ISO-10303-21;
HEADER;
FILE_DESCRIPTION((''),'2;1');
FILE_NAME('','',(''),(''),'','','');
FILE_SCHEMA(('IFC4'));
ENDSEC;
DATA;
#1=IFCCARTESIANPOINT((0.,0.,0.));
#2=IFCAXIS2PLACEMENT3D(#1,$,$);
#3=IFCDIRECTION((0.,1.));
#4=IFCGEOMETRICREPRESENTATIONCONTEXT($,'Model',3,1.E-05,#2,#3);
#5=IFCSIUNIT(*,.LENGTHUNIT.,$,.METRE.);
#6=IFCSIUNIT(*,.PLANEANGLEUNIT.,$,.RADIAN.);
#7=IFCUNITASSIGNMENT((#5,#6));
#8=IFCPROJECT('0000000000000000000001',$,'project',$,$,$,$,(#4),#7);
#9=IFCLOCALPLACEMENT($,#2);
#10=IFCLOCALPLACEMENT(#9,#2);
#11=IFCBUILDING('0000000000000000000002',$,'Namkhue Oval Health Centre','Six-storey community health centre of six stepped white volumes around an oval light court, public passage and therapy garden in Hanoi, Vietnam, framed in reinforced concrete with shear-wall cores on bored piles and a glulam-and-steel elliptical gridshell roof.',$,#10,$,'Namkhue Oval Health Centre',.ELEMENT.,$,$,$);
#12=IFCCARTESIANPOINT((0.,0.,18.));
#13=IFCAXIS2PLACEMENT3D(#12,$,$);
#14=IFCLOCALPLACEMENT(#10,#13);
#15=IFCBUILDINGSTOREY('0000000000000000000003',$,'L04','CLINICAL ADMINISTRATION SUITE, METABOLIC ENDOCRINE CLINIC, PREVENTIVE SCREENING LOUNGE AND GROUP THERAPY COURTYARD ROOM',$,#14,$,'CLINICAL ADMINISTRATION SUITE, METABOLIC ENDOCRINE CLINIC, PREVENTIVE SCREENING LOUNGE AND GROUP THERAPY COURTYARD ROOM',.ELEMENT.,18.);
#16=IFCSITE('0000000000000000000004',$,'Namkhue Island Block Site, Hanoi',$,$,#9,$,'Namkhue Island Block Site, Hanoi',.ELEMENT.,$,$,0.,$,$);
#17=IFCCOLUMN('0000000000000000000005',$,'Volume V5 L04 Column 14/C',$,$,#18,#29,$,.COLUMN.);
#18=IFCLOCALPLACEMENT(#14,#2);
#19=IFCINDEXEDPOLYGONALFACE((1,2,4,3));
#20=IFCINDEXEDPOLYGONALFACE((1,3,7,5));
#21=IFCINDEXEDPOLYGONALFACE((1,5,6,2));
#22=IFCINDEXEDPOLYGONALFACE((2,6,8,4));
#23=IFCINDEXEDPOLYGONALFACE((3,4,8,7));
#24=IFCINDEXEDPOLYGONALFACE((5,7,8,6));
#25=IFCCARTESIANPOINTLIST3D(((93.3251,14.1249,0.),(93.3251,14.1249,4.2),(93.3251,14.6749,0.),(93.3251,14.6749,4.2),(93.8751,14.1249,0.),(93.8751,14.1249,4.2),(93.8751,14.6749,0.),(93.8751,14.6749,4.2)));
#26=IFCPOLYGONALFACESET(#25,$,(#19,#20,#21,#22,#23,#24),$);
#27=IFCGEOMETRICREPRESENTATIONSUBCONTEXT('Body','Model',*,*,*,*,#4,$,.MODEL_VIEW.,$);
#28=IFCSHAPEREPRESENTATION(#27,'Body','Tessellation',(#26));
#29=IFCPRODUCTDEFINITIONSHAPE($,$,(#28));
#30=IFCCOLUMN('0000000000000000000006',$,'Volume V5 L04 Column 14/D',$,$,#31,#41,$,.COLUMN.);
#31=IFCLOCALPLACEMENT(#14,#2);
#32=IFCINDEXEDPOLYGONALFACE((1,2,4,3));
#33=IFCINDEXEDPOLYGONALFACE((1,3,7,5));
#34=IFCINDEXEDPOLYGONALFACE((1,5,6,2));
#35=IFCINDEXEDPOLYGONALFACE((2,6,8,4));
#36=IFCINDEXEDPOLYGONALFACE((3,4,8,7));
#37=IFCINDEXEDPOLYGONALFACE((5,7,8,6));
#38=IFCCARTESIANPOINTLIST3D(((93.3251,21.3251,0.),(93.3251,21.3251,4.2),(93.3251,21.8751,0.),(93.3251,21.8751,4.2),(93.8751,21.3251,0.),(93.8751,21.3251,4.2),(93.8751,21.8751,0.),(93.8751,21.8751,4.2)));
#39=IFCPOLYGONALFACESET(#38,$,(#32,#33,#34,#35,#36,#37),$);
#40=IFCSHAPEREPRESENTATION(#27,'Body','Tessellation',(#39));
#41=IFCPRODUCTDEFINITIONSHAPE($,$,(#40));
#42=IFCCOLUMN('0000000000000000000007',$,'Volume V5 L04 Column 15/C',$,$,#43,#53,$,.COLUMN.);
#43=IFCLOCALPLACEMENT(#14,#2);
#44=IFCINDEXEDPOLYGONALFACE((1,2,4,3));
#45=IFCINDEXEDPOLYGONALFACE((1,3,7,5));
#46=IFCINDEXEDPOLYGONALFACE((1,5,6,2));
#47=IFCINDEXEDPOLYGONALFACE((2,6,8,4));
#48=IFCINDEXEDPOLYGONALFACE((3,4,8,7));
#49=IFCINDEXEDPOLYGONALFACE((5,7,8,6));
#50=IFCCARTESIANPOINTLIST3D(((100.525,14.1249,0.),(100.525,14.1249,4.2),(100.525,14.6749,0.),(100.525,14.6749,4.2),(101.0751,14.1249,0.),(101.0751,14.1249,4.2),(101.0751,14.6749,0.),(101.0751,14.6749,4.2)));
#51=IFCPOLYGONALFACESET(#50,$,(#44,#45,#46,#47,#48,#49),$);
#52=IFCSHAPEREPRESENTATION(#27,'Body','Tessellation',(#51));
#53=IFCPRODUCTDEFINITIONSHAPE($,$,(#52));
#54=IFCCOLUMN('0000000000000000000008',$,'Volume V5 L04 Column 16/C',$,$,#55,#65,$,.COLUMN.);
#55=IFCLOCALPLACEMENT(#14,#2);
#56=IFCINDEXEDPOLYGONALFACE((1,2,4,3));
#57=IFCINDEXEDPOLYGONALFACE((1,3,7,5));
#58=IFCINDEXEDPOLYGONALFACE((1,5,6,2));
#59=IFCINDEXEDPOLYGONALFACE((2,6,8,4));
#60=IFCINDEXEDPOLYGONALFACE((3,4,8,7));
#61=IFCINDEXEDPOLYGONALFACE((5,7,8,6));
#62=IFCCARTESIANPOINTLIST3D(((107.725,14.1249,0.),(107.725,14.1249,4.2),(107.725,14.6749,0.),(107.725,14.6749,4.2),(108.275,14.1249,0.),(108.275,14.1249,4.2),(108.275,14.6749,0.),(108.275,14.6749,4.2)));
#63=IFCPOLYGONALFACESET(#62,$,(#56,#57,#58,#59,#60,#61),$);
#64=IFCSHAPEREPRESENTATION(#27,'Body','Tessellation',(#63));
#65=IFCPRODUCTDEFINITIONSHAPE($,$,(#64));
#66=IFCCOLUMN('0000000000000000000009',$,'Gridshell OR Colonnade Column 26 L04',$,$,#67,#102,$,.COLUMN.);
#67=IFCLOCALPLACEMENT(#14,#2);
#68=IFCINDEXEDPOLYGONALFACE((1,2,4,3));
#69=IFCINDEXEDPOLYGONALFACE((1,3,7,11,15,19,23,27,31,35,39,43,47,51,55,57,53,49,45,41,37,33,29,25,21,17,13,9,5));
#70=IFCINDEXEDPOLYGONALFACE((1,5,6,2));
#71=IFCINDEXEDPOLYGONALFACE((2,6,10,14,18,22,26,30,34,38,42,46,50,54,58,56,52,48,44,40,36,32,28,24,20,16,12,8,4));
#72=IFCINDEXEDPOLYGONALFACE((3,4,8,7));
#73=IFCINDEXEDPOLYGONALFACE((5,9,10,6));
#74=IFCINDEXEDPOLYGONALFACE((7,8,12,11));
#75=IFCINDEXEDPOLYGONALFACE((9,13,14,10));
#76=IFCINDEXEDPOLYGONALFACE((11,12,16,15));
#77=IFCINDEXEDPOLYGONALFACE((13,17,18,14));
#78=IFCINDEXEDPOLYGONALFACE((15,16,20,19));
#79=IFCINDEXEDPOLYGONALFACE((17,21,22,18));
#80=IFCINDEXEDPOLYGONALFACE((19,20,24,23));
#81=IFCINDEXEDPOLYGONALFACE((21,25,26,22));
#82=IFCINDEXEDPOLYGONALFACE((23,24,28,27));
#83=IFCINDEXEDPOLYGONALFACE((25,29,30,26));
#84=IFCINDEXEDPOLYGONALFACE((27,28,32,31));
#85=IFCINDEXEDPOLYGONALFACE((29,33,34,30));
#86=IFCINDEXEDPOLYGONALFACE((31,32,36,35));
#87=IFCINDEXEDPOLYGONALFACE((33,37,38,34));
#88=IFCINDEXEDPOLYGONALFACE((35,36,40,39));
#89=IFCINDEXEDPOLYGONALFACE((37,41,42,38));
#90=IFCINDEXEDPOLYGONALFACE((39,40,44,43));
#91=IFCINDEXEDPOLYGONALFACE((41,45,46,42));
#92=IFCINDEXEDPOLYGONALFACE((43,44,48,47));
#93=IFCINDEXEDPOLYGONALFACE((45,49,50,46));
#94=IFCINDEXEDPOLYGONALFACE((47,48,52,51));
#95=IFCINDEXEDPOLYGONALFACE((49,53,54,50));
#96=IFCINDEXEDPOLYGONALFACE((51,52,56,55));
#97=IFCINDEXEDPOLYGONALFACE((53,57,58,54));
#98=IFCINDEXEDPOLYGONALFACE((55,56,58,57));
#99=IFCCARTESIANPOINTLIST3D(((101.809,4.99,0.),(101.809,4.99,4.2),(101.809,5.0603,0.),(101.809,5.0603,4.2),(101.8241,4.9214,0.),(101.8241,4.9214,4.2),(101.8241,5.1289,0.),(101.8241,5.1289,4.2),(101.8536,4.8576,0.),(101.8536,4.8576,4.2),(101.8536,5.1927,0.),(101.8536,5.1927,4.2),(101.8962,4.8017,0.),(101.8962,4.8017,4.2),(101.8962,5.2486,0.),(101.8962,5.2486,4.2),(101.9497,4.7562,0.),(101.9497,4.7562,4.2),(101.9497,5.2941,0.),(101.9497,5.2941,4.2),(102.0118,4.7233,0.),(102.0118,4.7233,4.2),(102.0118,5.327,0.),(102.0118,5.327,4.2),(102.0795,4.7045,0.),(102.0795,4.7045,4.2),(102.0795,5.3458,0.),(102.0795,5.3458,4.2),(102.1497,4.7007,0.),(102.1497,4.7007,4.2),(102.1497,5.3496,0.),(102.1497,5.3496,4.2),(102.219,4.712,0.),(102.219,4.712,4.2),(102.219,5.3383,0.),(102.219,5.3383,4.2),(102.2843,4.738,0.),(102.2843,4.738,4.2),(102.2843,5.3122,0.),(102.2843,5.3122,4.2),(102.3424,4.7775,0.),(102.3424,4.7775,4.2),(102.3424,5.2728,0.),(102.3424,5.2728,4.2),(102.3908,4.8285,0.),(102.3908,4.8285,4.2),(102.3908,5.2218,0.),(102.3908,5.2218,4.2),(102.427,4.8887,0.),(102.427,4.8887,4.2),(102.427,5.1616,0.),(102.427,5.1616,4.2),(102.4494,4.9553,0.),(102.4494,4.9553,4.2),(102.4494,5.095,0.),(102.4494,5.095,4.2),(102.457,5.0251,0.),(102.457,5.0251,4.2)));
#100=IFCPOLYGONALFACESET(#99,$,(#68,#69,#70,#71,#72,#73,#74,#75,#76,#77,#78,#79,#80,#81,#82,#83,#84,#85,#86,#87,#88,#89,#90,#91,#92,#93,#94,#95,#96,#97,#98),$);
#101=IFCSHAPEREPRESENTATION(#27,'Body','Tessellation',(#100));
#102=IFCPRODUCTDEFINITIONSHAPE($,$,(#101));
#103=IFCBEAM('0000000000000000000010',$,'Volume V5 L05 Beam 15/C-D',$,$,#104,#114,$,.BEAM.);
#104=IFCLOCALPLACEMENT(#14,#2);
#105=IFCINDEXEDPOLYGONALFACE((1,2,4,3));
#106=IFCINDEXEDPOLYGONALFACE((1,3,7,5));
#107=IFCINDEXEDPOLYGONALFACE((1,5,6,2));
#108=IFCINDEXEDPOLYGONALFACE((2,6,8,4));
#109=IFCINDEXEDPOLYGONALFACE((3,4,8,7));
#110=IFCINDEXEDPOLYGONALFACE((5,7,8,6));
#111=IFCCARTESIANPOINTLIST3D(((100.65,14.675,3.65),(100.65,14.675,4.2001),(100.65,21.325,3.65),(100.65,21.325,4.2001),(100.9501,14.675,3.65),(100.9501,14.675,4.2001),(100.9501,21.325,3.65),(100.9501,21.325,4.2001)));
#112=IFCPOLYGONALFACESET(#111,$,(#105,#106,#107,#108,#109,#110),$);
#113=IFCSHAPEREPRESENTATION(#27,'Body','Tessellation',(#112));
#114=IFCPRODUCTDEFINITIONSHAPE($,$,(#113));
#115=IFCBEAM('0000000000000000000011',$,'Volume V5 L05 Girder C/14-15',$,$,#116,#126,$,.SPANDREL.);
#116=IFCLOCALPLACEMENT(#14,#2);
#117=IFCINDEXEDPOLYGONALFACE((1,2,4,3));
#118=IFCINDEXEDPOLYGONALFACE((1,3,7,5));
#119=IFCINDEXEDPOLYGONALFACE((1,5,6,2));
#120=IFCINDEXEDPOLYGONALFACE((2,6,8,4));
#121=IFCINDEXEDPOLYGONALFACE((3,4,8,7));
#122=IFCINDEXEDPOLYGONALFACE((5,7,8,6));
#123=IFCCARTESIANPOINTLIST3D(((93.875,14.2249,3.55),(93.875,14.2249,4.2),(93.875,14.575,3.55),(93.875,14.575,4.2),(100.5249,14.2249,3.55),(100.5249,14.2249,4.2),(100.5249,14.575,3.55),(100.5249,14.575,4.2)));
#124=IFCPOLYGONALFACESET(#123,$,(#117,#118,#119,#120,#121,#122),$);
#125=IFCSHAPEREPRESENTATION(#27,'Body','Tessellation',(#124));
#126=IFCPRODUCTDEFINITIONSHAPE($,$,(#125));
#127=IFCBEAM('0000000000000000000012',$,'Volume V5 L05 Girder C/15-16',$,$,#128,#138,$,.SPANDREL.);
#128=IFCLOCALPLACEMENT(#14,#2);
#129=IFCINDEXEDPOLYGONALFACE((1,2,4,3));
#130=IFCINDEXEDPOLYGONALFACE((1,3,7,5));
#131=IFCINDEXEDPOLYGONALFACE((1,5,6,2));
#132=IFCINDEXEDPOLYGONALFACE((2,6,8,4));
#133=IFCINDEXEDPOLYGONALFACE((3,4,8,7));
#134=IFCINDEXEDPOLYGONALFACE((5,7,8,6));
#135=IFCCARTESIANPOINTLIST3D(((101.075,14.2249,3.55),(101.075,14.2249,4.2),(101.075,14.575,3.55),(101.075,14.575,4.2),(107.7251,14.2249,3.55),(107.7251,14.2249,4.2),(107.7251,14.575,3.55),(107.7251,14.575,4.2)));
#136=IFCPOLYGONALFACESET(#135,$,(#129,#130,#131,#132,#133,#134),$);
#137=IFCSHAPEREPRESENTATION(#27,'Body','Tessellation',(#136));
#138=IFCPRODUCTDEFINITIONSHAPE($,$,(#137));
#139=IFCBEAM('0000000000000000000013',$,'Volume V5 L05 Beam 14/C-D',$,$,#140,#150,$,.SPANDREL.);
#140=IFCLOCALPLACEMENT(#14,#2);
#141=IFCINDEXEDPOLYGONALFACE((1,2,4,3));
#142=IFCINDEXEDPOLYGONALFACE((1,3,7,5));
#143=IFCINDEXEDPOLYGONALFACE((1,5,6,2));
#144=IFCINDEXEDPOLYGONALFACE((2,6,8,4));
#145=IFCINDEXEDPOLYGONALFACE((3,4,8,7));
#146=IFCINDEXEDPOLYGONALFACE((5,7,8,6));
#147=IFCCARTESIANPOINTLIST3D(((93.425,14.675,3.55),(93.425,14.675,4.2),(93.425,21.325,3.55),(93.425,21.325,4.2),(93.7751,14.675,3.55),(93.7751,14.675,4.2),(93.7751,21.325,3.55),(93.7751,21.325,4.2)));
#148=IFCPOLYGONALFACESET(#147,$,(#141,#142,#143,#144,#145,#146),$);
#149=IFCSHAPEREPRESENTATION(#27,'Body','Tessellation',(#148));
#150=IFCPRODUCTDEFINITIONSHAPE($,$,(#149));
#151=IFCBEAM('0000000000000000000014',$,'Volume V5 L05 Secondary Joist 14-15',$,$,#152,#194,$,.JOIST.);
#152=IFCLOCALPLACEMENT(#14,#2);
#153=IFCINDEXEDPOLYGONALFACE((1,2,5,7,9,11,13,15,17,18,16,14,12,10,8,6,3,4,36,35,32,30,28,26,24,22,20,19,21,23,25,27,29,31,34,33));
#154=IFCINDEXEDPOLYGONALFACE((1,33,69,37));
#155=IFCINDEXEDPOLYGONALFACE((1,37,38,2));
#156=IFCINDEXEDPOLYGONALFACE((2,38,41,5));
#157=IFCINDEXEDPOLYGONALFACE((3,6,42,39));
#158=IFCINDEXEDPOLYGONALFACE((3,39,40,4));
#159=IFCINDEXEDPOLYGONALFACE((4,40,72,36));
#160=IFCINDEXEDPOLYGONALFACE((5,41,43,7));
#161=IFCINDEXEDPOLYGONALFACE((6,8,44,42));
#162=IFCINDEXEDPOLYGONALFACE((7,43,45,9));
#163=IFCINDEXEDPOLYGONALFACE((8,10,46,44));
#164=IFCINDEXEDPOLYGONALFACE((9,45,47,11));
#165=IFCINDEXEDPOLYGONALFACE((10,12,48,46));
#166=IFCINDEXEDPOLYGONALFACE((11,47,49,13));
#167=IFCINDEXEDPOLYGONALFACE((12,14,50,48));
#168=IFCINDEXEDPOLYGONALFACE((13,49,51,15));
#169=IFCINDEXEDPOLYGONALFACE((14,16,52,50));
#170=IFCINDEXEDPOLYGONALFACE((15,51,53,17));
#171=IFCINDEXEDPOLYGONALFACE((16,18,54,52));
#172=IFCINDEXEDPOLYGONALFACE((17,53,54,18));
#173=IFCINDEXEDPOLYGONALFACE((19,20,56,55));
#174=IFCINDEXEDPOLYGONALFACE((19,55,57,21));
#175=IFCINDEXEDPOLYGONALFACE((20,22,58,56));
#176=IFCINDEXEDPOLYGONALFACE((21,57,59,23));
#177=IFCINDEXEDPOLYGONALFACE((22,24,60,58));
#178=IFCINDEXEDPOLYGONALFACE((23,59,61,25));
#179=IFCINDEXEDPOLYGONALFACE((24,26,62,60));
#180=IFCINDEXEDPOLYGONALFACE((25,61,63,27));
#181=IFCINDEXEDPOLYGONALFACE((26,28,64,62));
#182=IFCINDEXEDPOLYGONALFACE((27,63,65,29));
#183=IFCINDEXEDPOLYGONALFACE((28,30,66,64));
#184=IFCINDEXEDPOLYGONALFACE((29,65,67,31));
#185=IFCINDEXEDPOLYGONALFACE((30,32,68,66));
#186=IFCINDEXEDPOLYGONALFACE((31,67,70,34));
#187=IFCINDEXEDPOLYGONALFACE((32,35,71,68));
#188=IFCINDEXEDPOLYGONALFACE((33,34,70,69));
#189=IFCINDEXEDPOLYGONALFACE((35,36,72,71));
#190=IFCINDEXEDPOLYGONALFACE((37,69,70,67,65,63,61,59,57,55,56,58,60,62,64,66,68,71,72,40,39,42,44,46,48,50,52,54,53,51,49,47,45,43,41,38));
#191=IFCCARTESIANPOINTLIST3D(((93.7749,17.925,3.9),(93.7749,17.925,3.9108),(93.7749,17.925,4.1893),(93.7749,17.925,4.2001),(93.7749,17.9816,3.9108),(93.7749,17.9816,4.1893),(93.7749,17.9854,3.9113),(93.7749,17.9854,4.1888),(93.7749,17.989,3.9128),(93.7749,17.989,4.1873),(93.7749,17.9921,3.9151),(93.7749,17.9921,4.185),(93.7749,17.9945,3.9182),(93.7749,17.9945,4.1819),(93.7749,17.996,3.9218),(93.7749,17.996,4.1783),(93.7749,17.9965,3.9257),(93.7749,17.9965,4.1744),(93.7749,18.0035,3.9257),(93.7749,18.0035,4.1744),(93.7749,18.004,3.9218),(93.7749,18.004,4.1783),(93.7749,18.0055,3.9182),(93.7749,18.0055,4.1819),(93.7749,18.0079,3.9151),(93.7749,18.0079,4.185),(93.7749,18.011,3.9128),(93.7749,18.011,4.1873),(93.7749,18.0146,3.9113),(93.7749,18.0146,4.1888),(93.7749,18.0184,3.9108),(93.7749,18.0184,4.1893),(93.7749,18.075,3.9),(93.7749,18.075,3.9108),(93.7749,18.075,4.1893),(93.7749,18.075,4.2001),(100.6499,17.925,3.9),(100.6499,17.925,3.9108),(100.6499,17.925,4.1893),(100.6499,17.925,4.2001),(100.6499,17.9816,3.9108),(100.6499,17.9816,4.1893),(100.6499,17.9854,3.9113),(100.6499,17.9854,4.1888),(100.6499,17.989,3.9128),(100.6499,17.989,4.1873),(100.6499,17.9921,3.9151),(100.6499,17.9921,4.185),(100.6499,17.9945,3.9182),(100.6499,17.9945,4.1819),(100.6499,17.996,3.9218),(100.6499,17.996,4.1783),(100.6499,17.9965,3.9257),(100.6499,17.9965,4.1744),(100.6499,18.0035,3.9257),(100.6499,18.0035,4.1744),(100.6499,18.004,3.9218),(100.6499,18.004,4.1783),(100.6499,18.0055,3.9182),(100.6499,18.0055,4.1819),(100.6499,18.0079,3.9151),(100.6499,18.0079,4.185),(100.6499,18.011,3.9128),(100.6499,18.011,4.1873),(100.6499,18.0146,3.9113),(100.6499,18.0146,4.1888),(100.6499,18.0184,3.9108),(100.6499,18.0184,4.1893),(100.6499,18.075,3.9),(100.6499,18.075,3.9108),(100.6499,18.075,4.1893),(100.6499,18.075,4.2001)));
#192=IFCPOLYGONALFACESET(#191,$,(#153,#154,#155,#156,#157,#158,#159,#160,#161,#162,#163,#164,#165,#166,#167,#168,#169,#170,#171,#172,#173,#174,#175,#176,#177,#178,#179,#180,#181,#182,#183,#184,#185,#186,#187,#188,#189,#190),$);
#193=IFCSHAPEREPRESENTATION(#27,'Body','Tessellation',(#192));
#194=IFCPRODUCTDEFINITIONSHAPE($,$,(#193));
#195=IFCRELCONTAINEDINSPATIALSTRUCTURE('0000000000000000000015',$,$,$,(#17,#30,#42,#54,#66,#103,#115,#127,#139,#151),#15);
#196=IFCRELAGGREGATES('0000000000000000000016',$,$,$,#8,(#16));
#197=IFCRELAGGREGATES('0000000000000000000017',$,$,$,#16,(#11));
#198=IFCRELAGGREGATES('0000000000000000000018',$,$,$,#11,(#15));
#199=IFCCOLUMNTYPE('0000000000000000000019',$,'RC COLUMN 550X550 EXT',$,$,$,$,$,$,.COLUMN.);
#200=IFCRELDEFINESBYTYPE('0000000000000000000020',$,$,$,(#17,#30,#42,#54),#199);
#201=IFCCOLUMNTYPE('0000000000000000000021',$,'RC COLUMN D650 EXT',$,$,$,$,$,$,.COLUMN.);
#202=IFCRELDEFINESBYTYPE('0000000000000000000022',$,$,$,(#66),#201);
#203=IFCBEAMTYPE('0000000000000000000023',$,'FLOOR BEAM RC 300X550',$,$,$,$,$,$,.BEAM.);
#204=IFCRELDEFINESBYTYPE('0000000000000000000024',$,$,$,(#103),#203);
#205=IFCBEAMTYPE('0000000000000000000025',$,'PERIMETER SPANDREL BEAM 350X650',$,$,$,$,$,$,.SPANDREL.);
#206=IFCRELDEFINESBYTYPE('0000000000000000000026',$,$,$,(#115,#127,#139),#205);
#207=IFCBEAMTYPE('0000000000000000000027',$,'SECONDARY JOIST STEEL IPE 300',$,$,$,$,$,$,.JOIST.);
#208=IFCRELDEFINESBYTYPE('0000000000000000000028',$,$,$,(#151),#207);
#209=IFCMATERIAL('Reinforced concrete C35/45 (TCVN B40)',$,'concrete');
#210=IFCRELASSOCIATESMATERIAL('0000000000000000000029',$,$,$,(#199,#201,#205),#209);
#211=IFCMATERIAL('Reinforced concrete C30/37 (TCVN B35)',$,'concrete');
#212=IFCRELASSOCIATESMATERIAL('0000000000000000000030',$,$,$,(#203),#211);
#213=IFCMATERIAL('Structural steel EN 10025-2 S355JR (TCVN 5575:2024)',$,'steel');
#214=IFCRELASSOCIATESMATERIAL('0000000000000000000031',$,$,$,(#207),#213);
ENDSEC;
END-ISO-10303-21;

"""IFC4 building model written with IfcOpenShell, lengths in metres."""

from ifc_helpers import new_model, si_unit, direction, frame, origin, origin_2d, place, context, subcontext, project, spatial, rectangle, circle, i_section, extrude, material, material_profile, profile_set, type_object, element, save


model = new_model("IFC4")

# Units and contexts
model_context = context("Model", 3, precision=1e-05, world=origin(), true_north=direction((0.0, 1.0)))
body_context = subcontext(model_context, "Body", "Model", "MODEL_VIEW")
ifc_project = project(units=[si_unit("LENGTHUNIT", "METRE"), si_unit("PLANEANGLEUNIT", "RADIAN")], contexts=[model_context])

# Site, building, storey
site_placement = place(None, origin())
site = spatial("IfcSite", under=ifc_project, at=site_placement, Name="Namkhue Island Block Site, Hanoi", LongName="Namkhue Island Block Site, Hanoi", CompositionType="ELEMENT", RefElevation=0.0)
building_placement = place(site_placement, origin())
building = spatial("IfcBuilding", under=site, at=building_placement, Name="Namkhue Oval Health Centre", Description="Six-storey community health centre of six stepped white volumes around an oval light court, public passage and therapy garden in Hanoi, Vietnam, framed in reinforced concrete with shear-wall cores on bored piles and a glulam-and-steel elliptical gridshell roof.", LongName="Namkhue Oval Health Centre", CompositionType="ELEMENT")
storey_placement = place(building_placement, frame((0.0, 0.0, 18.0)))
storey = spatial("IfcBuildingStorey", under=building, at=storey_placement, Name="L04", Description="CLINICAL ADMINISTRATION SUITE, METABOLIC ENDOCRINE CLINIC, PREVENTIVE SCREENING LOUNGE AND GROUP THERAPY COURTYARD ROOM", LongName="CLINICAL ADMINISTRATION SUITE, METABOLIC ENDOCRINE CLINIC, PREVENTIVE SCREENING LOUNGE AND GROUP THERAPY COURTYARD ROOM", CompositionType="ELEMENT", Elevation=18.0)

# Columns
ifc_material_1 = material(Name="Reinforced concrete C35/45 (TCVN B40)", Category="concrete")
ifc_material_profile_1 = material_profile(ifc_material_1, rectangle(XDim=0.55, YDim=0.55, at=origin_2d()), Name="RC 550x550")
ifc_profile_set_1 = profile_set([ifc_material_profile_1], Name="Reinforced concrete C35/45 (TCVN B40)")
column_type_1 = type_object("IfcColumnType", Name="RC COLUMN 550X550 EXT", PredefinedType="COLUMN", material=ifc_profile_set_1)
for number, where, z_axis, x_axis, name in (
    (1, (93.6001, 14.3999, 0.0), (0.0, 0.0, 1.0), (1.0, 0.0, 0.0), "Volume V5 L04 Column 14/C"),
    (2, (93.6001, 21.6001, 0.0), (0.0, 0.0, 1.0), (1.0, 0.0, 0.0), "Volume V5 L04 Column 14/D"),
    (3, (100.8, 14.3999, 0.0), (0.0, 0.0, 1.0), (1.0, 0.0, 0.0), "Volume V5 L04 Column 15/C"),
    (4, (108.0, 14.3999, 0.0), (0.0, 0.0, 1.0), (1.0, 0.0, 0.0), "Volume V5 L04 Column 16/C"),
):
    element("IfcColumn", number, at=place(storey_placement, frame(where, z_axis=z_axis, x_axis=x_axis)), inside=storey, type_object=column_type_1, Name=name, PredefinedType="COLUMN", context=body_context, shape_type="SweptSolid", body=[
        extrude(rectangle(XDim=0.55, YDim=0.55, at=origin_2d()), origin(), (0.0, 0.0, 1.0), 4.2),
    ])
ifc_material_profile_2 = material_profile(ifc_material_1, circle(Radius=0.325, at=origin_2d()), Name="RC D650")
ifc_profile_set_2 = profile_set([ifc_material_profile_2], Name="Reinforced concrete C35/45 (TCVN B40)")
column_type_2 = type_object("IfcColumnType", Name="RC COLUMN D650 EXT", PredefinedType="COLUMN", material=ifc_profile_set_2)
column_placement = place(storey_placement, frame((102.1321, 5.0251, 0.0), z_axis=(0.0, 0.0, 1.0), x_axis=(1.0, 0.0, 0.0)))
element("IfcColumn", 5, at=column_placement, inside=storey, type_object=column_type_2, Name="Gridshell OR Colonnade Column 26 L04", PredefinedType="COLUMN", context=body_context, shape_type="SweptSolid", body=[
    extrude(circle(Radius=0.325, at=origin_2d()), origin(), (0.0, 0.0, 1.0), 4.2),
])

# Beams
ifc_material_2 = material(Name="Reinforced concrete C30/37 (TCVN B35)", Category="concrete")
ifc_material_profile_3 = material_profile(ifc_material_2, rectangle(XDim=0.3, YDim=0.55, at=origin_2d()), Name="RC 300x550")
ifc_profile_set_3 = profile_set([ifc_material_profile_3], Name="Reinforced concrete C30/37 (TCVN B35)")
beam_type_1 = type_object("IfcBeamType", Name="FLOOR BEAM RC 300X550", PredefinedType="BEAM", material=ifc_profile_set_3)
beam_1_placement = place(storey_placement, frame((100.8, 14.675, 3.925), z_axis=(0.0, 1.0, 0.0), x_axis=(-1.0, 0.0, 0.0)))
element("IfcBeam", 6, at=beam_1_placement, inside=storey, type_object=beam_type_1, Name="Volume V5 L05 Beam 15/C-D", PredefinedType="BEAM", context=body_context, shape_type="SweptSolid", body=[
    extrude(rectangle(XDim=0.3, YDim=0.55, at=origin_2d()), origin(), (0.0, 0.0, 1.0), 6.6499),
])
ifc_material_profile_4 = material_profile(ifc_material_1, rectangle(XDim=0.3501, YDim=0.6499, at=origin_2d()), Name="RC 350x650")
ifc_profile_set_4 = profile_set([ifc_material_profile_4], Name="Reinforced concrete C35/45 (TCVN B40)")
beam_type_2 = type_object("IfcBeamType", Name="PERIMETER SPANDREL BEAM 350X650", PredefinedType="SPANDREL", material=ifc_profile_set_4)
beam_2_placement = place(storey_placement, frame((93.875, 14.3999, 3.875), z_axis=(1.0, 0.0, 0.0), x_axis=(0.0, 1.0, 0.0)))
element("IfcBeam", 7, at=beam_2_placement, inside=storey, type_object=beam_type_2, Name="Volume V5 L05 Girder C/14-15", PredefinedType="SPANDREL", context=body_context, shape_type="SweptSolid", body=[
    extrude(rectangle(XDim=0.3501, YDim=0.6499, at=origin_2d()), origin(), (0.0, 0.0, 1.0), 6.6499),
])
beam_3_placement = place(storey_placement, frame((101.075, 14.3999, 3.875), z_axis=(1.0, 0.0, 0.0), x_axis=(0.0, 1.0, 0.0)))
element("IfcBeam", 8, at=beam_3_placement, inside=storey, type_object=beam_type_2, Name="Volume V5 L05 Girder C/15-16", PredefinedType="SPANDREL", context=body_context, shape_type="SweptSolid", body=[
    extrude(rectangle(XDim=0.3501, YDim=0.6499, at=origin_2d()), origin(), (0.0, 0.0, 1.0), 6.6501),
])
beam_4_placement = place(storey_placement, frame((93.6001, 14.675, 3.875), z_axis=(0.0, 1.0, 0.0), x_axis=(-1.0, 0.0, 0.0)))
element("IfcBeam", 9, at=beam_4_placement, inside=storey, type_object=beam_type_2, Name="Volume V5 L05 Beam 14/C-D", PredefinedType="SPANDREL", context=body_context, shape_type="SweptSolid", body=[
    extrude(rectangle(XDim=0.3501, YDim=0.6499, at=origin_2d()), origin(), (0.0, 0.0, 1.0), 6.6499),
])
ifc_material_3 = material(Name="Structural steel EN 10025-2 S355JR (TCVN 5575:2024)", Category="steel")
ifc_material_profile_5 = material_profile(ifc_material_3, i_section(OverallWidth=0.1499, OverallDepth=0.3, WebThickness=0.0071, FlangeThickness=0.0107, FilletRadius=0.0149, at=origin_2d()), Name="IPE 300")
ifc_profile_set_5 = profile_set([ifc_material_profile_5], Name="Structural steel EN 10025-2 S355JR (TCVN 5575:2024)")
beam_type_3 = type_object("IfcBeamType", Name="SECONDARY JOIST STEEL IPE 300", PredefinedType="JOIST", material=ifc_profile_set_5)
beam_5_placement = place(storey_placement, frame((93.7749, 18.0, 4.05), z_axis=(1.0, 0.0, 0.0), x_axis=(0.0, 1.0, 0.0)))
element("IfcBeam", 10, at=beam_5_placement, inside=storey, type_object=beam_type_3, Name="Volume V5 L05 Secondary Joist 14-15", PredefinedType="JOIST", context=body_context, shape_type="SweptSolid", body=[
    extrude(i_section(OverallWidth=0.1499, OverallDepth=0.3, WebThickness=0.0071, FlangeThickness=0.0107, FilletRadius=0.0149, at=origin_2d()), origin(), (0.0, 0.0, 1.0), 6.875),
])

save(model, "model.ifc")
